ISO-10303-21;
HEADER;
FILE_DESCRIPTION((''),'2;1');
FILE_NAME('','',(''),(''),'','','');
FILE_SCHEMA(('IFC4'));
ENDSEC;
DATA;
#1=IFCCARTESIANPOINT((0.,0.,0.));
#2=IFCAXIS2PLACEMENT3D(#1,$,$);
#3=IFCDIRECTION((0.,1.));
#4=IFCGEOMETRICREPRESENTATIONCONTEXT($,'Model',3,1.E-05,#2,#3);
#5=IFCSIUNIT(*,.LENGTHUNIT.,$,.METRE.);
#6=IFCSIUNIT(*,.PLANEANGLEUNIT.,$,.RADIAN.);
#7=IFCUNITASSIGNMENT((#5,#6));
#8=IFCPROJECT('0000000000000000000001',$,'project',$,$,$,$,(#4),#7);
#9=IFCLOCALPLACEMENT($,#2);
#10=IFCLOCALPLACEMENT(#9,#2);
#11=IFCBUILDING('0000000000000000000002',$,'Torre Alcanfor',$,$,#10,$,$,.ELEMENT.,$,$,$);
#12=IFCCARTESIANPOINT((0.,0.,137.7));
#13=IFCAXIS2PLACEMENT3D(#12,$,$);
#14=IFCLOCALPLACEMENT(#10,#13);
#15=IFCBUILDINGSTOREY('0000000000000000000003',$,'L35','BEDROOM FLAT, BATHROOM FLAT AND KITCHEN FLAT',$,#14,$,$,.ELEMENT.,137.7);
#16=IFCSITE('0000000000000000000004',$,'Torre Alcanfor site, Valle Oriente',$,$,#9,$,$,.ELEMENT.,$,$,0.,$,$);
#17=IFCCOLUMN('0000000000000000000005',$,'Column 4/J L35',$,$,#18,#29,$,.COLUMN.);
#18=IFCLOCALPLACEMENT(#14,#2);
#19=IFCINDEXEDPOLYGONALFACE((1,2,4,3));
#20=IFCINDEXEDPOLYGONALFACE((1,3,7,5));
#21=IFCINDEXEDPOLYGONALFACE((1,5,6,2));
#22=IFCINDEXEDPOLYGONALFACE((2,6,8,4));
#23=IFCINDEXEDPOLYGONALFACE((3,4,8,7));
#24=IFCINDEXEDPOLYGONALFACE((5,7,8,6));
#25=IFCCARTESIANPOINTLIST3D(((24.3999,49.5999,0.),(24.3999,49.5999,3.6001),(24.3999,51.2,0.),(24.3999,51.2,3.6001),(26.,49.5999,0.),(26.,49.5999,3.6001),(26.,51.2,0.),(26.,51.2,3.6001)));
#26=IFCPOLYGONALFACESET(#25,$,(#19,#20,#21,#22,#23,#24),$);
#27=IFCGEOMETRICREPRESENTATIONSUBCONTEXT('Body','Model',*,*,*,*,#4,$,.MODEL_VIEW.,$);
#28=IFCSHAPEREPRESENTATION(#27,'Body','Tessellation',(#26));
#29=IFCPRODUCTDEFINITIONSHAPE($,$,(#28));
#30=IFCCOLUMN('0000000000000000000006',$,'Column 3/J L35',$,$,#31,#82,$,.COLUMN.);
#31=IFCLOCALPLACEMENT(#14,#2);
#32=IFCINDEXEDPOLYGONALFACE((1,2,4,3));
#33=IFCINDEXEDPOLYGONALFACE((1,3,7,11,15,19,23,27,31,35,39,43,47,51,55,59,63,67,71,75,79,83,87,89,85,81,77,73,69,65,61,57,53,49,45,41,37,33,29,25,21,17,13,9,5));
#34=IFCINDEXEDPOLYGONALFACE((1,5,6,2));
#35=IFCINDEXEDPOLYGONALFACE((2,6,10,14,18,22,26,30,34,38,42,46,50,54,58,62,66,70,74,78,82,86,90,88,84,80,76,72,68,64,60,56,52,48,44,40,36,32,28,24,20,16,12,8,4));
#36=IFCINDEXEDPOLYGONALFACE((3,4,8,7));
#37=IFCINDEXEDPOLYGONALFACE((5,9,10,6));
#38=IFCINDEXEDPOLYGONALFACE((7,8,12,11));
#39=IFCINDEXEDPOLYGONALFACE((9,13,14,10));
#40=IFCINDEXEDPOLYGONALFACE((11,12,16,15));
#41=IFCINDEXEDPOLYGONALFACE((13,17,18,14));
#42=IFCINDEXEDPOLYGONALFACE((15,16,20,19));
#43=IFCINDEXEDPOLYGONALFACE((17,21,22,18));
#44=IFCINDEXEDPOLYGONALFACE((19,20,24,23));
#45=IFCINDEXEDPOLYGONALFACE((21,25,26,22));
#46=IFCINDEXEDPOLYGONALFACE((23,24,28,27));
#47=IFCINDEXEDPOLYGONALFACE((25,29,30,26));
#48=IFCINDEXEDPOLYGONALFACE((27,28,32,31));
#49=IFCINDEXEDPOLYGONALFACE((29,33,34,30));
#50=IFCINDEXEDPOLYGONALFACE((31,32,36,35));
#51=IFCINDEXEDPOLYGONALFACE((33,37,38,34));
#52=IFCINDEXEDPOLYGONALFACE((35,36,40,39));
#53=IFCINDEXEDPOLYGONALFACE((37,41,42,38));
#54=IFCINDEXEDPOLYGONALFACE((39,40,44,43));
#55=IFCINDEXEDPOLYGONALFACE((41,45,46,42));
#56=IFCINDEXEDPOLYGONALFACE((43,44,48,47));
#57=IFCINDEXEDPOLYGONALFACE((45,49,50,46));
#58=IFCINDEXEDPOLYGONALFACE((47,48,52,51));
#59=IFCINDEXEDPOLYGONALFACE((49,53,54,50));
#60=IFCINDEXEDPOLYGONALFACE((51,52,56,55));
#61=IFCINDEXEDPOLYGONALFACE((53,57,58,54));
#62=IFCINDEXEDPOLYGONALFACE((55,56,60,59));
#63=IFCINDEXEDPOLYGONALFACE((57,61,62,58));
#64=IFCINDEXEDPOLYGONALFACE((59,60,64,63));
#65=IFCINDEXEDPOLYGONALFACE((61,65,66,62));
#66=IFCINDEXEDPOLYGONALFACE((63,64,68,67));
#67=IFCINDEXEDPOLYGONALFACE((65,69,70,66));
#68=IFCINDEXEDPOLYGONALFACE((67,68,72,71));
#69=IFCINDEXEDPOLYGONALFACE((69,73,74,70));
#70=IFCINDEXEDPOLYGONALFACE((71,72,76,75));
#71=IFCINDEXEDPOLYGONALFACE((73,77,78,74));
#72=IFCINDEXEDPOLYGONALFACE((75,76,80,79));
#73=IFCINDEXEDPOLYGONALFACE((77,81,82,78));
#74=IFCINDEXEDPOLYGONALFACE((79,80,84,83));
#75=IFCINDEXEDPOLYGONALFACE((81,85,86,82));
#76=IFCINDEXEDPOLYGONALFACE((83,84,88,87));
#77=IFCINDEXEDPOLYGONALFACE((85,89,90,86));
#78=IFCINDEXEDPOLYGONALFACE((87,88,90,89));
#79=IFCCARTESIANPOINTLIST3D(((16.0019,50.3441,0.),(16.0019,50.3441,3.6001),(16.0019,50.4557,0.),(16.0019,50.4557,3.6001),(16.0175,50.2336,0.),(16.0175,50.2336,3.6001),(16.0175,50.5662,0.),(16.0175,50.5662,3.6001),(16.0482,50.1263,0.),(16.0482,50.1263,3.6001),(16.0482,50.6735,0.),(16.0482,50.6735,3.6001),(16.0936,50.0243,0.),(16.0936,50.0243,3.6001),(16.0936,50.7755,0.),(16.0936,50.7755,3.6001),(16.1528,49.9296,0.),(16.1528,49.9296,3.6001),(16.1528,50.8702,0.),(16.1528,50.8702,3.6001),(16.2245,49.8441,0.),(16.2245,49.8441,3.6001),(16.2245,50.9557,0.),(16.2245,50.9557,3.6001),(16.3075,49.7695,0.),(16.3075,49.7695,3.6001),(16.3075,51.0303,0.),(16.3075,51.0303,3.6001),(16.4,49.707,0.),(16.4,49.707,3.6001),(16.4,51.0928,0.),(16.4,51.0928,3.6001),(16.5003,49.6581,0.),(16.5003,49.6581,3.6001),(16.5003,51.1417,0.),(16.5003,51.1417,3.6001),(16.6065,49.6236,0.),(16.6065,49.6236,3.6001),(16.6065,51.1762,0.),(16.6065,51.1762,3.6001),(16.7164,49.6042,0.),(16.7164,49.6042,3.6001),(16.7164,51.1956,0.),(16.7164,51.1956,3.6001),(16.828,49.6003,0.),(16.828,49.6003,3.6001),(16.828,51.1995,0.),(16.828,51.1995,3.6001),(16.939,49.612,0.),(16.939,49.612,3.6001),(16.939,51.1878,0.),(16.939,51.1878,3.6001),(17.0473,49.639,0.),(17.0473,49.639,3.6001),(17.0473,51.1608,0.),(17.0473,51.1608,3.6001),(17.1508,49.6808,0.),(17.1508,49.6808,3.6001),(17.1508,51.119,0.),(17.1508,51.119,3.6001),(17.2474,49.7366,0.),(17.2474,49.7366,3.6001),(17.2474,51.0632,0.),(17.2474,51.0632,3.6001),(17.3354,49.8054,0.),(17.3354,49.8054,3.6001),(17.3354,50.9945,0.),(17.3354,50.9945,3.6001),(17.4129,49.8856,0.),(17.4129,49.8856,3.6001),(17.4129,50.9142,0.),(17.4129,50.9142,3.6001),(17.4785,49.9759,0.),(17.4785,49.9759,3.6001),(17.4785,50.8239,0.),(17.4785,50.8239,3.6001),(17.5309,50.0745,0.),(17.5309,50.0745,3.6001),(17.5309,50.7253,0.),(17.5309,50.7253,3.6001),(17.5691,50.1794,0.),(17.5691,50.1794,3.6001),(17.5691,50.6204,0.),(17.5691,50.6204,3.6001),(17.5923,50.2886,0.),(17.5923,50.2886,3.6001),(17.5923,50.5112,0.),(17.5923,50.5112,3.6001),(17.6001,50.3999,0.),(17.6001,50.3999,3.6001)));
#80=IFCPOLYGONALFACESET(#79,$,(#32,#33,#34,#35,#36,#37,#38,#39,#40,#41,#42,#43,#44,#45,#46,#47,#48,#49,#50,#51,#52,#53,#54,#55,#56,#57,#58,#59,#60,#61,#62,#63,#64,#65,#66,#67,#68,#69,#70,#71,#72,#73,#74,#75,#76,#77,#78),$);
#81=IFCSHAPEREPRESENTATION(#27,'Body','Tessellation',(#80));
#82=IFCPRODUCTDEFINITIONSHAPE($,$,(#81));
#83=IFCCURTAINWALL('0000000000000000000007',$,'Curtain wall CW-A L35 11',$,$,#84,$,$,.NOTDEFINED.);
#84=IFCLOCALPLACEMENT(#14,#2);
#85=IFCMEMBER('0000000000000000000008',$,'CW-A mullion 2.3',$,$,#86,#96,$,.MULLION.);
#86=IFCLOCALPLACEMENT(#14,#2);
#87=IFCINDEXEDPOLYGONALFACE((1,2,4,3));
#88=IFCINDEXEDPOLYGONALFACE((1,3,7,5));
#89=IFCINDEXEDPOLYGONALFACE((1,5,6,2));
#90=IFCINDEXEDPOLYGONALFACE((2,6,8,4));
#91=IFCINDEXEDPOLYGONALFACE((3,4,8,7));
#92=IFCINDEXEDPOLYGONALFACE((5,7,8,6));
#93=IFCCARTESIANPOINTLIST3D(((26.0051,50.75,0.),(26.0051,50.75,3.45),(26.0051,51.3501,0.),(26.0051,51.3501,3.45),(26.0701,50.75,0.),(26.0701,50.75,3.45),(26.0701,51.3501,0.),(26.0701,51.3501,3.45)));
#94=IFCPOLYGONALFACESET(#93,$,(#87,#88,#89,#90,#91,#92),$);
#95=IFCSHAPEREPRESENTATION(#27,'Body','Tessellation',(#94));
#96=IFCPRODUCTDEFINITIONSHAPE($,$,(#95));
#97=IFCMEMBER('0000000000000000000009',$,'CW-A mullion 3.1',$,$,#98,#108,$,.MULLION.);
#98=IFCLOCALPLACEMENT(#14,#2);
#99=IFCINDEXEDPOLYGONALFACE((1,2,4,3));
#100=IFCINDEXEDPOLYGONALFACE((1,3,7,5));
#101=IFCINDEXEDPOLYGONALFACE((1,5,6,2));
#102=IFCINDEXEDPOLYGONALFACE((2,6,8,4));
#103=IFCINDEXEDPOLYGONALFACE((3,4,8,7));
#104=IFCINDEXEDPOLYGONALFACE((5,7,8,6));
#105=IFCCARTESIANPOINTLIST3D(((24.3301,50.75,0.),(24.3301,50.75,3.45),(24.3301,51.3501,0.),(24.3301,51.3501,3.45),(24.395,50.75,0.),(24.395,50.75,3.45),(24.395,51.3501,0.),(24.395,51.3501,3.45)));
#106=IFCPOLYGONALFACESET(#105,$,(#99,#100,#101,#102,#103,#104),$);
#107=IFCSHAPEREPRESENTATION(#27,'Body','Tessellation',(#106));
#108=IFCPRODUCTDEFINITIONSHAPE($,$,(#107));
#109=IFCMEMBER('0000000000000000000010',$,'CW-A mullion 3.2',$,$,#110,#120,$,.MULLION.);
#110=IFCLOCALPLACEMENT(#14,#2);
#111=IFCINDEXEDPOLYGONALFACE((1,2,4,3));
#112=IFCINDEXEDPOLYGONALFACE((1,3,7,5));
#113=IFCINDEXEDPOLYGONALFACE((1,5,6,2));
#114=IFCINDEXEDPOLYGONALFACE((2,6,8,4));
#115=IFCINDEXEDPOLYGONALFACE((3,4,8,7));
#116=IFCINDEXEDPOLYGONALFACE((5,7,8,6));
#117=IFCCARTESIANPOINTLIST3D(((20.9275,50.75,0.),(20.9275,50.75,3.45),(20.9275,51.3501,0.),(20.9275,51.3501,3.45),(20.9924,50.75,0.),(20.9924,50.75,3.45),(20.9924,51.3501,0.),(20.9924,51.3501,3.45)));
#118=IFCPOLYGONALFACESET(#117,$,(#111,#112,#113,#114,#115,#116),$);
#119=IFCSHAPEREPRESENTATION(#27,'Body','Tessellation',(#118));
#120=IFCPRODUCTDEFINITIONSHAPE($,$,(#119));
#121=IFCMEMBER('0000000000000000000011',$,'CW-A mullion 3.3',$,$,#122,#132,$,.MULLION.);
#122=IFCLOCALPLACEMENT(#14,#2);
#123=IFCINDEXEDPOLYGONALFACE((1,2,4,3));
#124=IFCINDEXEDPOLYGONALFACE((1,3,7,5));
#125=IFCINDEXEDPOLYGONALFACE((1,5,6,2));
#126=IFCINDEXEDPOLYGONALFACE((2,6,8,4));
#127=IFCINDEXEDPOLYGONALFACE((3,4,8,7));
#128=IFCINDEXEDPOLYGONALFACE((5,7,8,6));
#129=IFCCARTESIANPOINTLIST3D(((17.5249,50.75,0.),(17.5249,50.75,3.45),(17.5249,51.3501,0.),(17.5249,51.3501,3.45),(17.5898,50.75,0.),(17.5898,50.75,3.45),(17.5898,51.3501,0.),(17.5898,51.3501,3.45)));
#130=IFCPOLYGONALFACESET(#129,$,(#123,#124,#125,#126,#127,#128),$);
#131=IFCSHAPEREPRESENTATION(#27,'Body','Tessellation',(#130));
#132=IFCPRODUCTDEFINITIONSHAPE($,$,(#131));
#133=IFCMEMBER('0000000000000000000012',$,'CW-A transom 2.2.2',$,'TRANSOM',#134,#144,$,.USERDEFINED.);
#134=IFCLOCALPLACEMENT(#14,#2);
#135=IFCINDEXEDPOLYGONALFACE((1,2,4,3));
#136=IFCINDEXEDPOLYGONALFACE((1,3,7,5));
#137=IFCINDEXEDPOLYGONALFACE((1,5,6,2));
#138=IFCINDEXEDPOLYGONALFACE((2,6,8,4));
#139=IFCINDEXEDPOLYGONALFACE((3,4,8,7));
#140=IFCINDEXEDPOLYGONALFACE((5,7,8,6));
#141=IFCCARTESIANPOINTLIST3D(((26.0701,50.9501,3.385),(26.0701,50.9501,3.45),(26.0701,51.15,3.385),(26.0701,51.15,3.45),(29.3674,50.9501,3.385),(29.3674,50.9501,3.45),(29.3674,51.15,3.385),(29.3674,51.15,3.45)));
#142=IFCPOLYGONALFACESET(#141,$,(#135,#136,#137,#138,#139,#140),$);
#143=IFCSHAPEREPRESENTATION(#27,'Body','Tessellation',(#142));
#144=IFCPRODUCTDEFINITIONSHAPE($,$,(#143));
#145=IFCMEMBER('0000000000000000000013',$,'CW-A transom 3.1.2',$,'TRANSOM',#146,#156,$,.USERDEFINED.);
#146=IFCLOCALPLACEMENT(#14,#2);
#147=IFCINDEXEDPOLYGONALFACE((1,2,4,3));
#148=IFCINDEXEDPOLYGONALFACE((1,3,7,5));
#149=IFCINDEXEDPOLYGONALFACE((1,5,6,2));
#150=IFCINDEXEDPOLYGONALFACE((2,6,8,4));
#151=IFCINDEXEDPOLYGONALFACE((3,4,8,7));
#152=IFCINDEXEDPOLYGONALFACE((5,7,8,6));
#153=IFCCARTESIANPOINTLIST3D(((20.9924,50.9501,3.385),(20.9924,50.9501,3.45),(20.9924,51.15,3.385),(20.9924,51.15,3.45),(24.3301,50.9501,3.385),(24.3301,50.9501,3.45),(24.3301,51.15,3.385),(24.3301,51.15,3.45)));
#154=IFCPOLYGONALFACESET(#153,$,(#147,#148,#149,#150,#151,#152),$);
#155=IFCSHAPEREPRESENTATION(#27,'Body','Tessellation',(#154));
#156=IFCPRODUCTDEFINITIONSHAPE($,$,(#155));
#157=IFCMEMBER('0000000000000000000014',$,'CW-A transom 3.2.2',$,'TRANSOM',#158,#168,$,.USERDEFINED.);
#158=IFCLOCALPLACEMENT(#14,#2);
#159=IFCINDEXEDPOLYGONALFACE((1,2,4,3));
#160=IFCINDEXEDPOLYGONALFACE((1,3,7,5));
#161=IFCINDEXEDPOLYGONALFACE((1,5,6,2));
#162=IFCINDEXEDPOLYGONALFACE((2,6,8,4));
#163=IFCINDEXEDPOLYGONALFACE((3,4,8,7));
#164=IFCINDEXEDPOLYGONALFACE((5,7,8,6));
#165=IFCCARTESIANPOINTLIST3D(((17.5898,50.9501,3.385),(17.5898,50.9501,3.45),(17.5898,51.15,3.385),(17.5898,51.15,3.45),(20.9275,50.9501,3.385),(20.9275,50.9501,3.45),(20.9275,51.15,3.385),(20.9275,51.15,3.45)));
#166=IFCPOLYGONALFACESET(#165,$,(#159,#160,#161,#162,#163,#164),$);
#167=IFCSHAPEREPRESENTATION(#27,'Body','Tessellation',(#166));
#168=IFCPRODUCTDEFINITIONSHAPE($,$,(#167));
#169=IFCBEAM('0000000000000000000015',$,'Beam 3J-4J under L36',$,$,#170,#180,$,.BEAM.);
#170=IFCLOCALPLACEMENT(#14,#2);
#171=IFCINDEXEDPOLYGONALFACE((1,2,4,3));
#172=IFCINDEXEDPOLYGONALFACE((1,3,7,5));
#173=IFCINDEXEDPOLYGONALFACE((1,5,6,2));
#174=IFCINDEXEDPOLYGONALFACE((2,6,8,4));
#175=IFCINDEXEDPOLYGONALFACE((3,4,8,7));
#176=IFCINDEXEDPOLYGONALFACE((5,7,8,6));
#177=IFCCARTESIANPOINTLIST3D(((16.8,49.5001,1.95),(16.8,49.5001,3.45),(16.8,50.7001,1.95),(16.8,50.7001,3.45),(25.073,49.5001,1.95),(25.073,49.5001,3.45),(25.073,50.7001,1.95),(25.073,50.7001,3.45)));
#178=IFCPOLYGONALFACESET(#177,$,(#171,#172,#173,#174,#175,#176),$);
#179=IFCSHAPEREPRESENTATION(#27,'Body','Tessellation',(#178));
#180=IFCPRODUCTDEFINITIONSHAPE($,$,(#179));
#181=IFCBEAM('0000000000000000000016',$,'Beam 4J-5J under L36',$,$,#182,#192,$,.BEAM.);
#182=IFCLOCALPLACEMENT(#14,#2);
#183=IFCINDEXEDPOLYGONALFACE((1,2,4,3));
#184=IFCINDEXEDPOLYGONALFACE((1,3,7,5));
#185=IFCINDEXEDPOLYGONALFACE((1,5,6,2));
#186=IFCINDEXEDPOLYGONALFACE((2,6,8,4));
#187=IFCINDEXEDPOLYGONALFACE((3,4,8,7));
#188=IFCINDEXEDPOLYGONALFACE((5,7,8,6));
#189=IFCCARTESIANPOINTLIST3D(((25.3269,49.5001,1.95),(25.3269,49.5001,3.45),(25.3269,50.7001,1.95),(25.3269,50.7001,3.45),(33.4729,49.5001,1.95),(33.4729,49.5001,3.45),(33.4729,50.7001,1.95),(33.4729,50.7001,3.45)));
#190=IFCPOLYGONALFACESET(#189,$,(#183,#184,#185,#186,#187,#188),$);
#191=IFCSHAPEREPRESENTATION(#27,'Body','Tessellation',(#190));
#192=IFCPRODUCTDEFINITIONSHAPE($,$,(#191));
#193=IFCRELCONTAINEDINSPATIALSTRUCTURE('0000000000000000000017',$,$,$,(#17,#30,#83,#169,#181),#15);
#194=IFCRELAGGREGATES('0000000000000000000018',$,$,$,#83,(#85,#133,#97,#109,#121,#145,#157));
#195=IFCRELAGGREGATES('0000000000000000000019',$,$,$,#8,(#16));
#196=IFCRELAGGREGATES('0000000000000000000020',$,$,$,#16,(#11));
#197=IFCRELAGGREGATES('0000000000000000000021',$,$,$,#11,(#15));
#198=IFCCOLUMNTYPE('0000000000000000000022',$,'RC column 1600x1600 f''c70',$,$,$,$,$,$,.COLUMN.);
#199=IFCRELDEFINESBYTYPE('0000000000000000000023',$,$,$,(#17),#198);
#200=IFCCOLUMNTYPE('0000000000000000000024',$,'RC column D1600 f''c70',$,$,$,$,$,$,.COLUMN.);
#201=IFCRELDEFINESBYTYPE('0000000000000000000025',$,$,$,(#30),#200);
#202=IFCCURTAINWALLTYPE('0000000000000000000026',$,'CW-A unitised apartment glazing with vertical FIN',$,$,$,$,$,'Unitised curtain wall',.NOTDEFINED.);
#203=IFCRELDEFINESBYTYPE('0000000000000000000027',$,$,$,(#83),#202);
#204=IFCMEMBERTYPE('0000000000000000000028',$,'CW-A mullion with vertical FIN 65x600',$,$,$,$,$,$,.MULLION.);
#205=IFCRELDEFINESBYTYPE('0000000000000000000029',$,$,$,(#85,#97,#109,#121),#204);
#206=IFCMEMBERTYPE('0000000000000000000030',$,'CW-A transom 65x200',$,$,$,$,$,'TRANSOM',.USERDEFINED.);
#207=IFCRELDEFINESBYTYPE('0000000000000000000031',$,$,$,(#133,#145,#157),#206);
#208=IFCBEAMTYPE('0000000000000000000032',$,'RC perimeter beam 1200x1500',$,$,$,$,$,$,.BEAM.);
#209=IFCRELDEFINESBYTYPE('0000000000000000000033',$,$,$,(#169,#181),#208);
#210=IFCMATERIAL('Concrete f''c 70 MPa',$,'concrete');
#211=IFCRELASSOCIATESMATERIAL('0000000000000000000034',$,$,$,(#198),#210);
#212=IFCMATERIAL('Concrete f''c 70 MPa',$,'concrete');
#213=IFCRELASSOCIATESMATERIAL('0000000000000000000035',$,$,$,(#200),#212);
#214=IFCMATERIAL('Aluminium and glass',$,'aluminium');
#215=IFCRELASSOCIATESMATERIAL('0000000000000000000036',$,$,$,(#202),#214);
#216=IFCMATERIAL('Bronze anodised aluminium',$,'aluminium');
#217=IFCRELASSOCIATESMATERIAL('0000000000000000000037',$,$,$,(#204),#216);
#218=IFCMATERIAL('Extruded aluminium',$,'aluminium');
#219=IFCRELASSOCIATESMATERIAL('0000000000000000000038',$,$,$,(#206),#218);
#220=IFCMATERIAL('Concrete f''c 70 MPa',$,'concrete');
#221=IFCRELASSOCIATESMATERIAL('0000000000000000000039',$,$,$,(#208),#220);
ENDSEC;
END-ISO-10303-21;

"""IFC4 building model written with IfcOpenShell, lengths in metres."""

from ifc_helpers import new_model, si_unit, direction, frame, origin, origin_2d, place, context, subcontext, project, spatial, rectangle, circle, extrude, material, material_profile, profile_set, type_object, element, aggregate, save


model = new_model("IFC4")

# Units and contexts
model_context = context("Model", 3, precision=1e-05, world=origin(), true_north=direction((0.0, 1.0)))
body_context = subcontext(model_context, "Body", "Model", "MODEL_VIEW")
ifc_project = project(units=[si_unit("LENGTHUNIT", "METRE"), si_unit("PLANEANGLEUNIT", "RADIAN")], contexts=[model_context])

# Site, building, storey
site_placement = place(None, origin())
site = spatial("IfcSite", under=ifc_project, at=site_placement, Name="Torre Alcanfor site, Valle Oriente", CompositionType="ELEMENT", RefElevation=0.0)
building_placement = place(site_placement, origin())
building = spatial("IfcBuilding", under=site, at=building_placement, Name="Torre Alcanfor", CompositionType="ELEMENT")
storey_placement = place(building_placement, frame((0.0, 0.0, 137.7)))
storey = spatial("IfcBuildingStorey", under=building, at=storey_placement, Name="L35", Description="BEDROOM FLAT, BATHROOM FLAT AND KITCHEN FLAT", CompositionType="ELEMENT", Elevation=137.7)

# Columns
ifc_material_1 = material(Name="Concrete f'c 70 MPa", Category="concrete")
ifc_material_profile_1 = material_profile(ifc_material_1, rectangle(XDim=1.6001, YDim=1.6001, at=origin_2d()), Name="1600x1600")
ifc_profile_set_1 = profile_set([ifc_material_profile_1], Name="Concrete f'c 70 MPa")
column_type_1 = type_object("IfcColumnType", Name="RC column 1600x1600 f'c70", PredefinedType="COLUMN", material=ifc_profile_set_1)
column_1_placement = place(storey_placement, frame((25.2, 50.3999, 0.0), z_axis=(0.0, 0.0, 1.0), x_axis=(1.0, 0.0, 0.0)))
element("IfcColumn", 1, at=column_1_placement, inside=storey, type_object=column_type_1, Name="Column 4/J L35", PredefinedType="COLUMN", context=body_context, shape_type="SweptSolid", body=[
    extrude(rectangle(XDim=1.6001, YDim=1.6001, at=origin_2d()), origin(), (0.0, 0.0, 1.0), 3.6001),
])
ifc_material_2 = material(Name="Concrete f'c 70 MPa", Category="concrete")
ifc_material_profile_2 = material_profile(ifc_material_2, circle(Radius=0.8, at=origin_2d()), Name="D1600")
ifc_profile_set_2 = profile_set([ifc_material_profile_2], Name="Concrete f'c 70 MPa")
column_type_2 = type_object("IfcColumnType", Name="RC column D1600 f'c70", PredefinedType="COLUMN", material=ifc_profile_set_2)
column_2_placement = place(storey_placement, frame((16.8, 50.3999, 0.0), z_axis=(0.0, 0.0, 1.0), x_axis=(1.0, 0.0, 0.0)))
element("IfcColumn", 2, at=column_2_placement, inside=storey, type_object=column_type_2, Name="Column 3/J L35", PredefinedType="COLUMN", context=body_context, shape_type="SweptSolid", body=[
    extrude(circle(Radius=0.8, at=origin_2d()), origin(), (0.0, 0.0, 1.0), 3.6001),
])

# Curtain wall, members
ifc_material_3 = material(Name="Aluminium and glass", Category="aluminium")
curtain_wall_type = type_object("IfcCurtainWallType", Name="CW-A unitised apartment glazing with vertical FIN", ElementType="Unitised curtain wall", PredefinedType="NOTDEFINED", material=ifc_material_3)
curtain_wall_placement = place(storey_placement, origin())
curtain_wall = element("IfcCurtainWall", 3, at=curtain_wall_placement, inside=storey, type_object=curtain_wall_type, Name="Curtain wall CW-A L35 11", PredefinedType="NOTDEFINED")
ifc_material_4 = material(Name="Bronze anodised aluminium", Category="aluminium")
ifc_material_profile_3 = material_profile(ifc_material_4, rectangle(XDim=0.6001, YDim=0.0649, at=origin_2d()), Name="CW-A mullion 65x600")
ifc_profile_set_3 = profile_set([ifc_material_profile_3], Name="Bronze anodised aluminium")
member_type_1 = type_object("IfcMemberType", Name="CW-A mullion with vertical FIN 65x600", PredefinedType="MULLION", material=ifc_profile_set_3)
member_1_placement = place(storey_placement, frame((26.0376, 51.05, 0.0), z_axis=(0.0, 0.0, 1.0), x_axis=(0.0, -1.0, 0.0)))
member_1 = element("IfcMember", 4, at=member_1_placement, type_object=member_type_1, Name="CW-A mullion 2.3", PredefinedType="MULLION", context=body_context, shape_type="SweptSolid", body=[
    extrude(rectangle(XDim=0.6001, YDim=0.0649, at=origin_2d()), origin(), (0.0, 0.0, 1.0), 3.45),
])
member_2_placement = place(storey_placement, frame((24.3625, 51.05, 0.0), z_axis=(0.0, 0.0, 1.0), x_axis=(0.0, -1.0, 0.0)))
member_2 = element("IfcMember", 5, at=member_2_placement, type_object=member_type_1, Name="CW-A mullion 3.1", PredefinedType="MULLION", context=body_context, shape_type="SweptSolid", body=[
    extrude(rectangle(XDim=0.6001, YDim=0.0649, at=origin_2d()), origin(), (0.0, 0.0, 1.0), 3.45),
])
member_3_placement = place(storey_placement, frame((20.96, 51.05, 0.0), z_axis=(0.0, 0.0, 1.0), x_axis=(0.0, -1.0, 0.0)))
member_3 = element("IfcMember", 6, at=member_3_placement, type_object=member_type_1, Name="CW-A mullion 3.2", PredefinedType="MULLION", context=body_context, shape_type="SweptSolid", body=[
    extrude(rectangle(XDim=0.6001, YDim=0.0649, at=origin_2d()), origin(), (0.0, 0.0, 1.0), 3.45),
])
member_4_placement = place(storey_placement, frame((17.5574, 51.05, 0.0), z_axis=(0.0, 0.0, 1.0), x_axis=(0.0, -1.0, 0.0)))
member_4 = element("IfcMember", 7, at=member_4_placement, type_object=member_type_1, Name="CW-A mullion 3.3", PredefinedType="MULLION", context=body_context, shape_type="SweptSolid", body=[
    extrude(rectangle(XDim=0.6001, YDim=0.0649, at=origin_2d()), origin(), (0.0, 0.0, 1.0), 3.45),
])
ifc_material_5 = material(Name="Extruded aluminium", Category="aluminium")
ifc_material_profile_4 = material_profile(ifc_material_5, rectangle(XDim=0.2, YDim=0.0649, at=origin_2d()), Name="CW-A transom 200x65")
ifc_profile_set_4 = profile_set([ifc_material_profile_4], Name="Extruded aluminium")
member_type_2 = type_object("IfcMemberType", Name="CW-A transom 65x200", ElementType="TRANSOM", PredefinedType="USERDEFINED", material=ifc_profile_set_4)
member_5_placement = place(storey_placement, frame((29.3674, 51.05, 3.4175), z_axis=(-1.0, 0.0, 0.0), x_axis=(0.0, -1.0, 0.0)))
member_5 = element("IfcMember", 8, at=member_5_placement, type_object=member_type_2, Name="CW-A transom 2.2.2", ObjectType="TRANSOM", PredefinedType="USERDEFINED", context=body_context, shape_type="SweptSolid", body=[
    extrude(rectangle(XDim=0.2, YDim=0.0649, at=origin_2d()), origin(), (0.0, 0.0, 1.0), 3.2974),
])
member_6_placement = place(storey_placement, frame((24.3301, 51.05, 3.4175), z_axis=(-1.0, 0.0, 0.0), x_axis=(0.0, -1.0, 0.0)))
member_6 = element("IfcMember", 9, at=member_6_placement, type_object=member_type_2, Name="CW-A transom 3.1.2", ObjectType="TRANSOM", PredefinedType="USERDEFINED", context=body_context, shape_type="SweptSolid", body=[
    extrude(rectangle(XDim=0.2, YDim=0.0649, at=origin_2d()), origin(), (0.0, 0.0, 1.0), 3.3376),
])
member_7_placement = place(storey_placement, frame((20.9275, 51.05, 3.4175), z_axis=(-1.0, 0.0, 0.0), x_axis=(0.0, -1.0, 0.0)))
member_7 = element("IfcMember", 10, at=member_7_placement, type_object=member_type_2, Name="CW-A transom 3.2.2", ObjectType="TRANSOM", PredefinedType="USERDEFINED", context=body_context, shape_type="SweptSolid", body=[
    extrude(rectangle(XDim=0.2, YDim=0.0649, at=origin_2d()), origin(), (0.0, 0.0, 1.0), 3.3376),
])

# Beams
ifc_material_6 = material(Name="Concrete f'c 70 MPa", Category="concrete")
ifc_material_profile_5 = material_profile(ifc_material_6, rectangle(XDim=1.2, YDim=1.5, at=origin_2d()), Name="1200x1500")
ifc_profile_set_5 = profile_set([ifc_material_profile_5], Name="Concrete f'c 70 MPa")
beam_type = type_object("IfcBeamType", Name="RC perimeter beam 1200x1500", PredefinedType="BEAM", material=ifc_profile_set_5)
beam_1_placement = place(storey_placement, frame((16.8, 50.1001, 2.7), z_axis=(1.0, 0.0, 0.0), x_axis=(0.0, 1.0, 0.0)))
element("IfcBeam", 11, at=beam_1_placement, inside=storey, type_object=beam_type, Name="Beam 3J-4J under L36", PredefinedType="BEAM", context=body_context, shape_type="SweptSolid", body=[
    extrude(rectangle(XDim=1.2, YDim=1.5, at=origin_2d()), origin(), (0.0, 0.0, 1.0), 8.2729),
])
beam_2_placement = place(storey_placement, frame((25.3269, 50.1001, 2.7), z_axis=(1.0, 0.0, 0.0), x_axis=(0.0, 1.0, 0.0)))
element("IfcBeam", 12, at=beam_2_placement, inside=storey, type_object=beam_type, Name="Beam 4J-5J under L36", PredefinedType="BEAM", context=body_context, shape_type="SweptSolid", body=[
    extrude(rectangle(XDim=1.2, YDim=1.5, at=origin_2d()), origin(), (0.0, 0.0, 1.0), 8.146),
])

aggregate(curtain_wall, [member_1, member_5, member_2, member_3, member_4, member_6, member_7])

save(model, "model.ifc")
